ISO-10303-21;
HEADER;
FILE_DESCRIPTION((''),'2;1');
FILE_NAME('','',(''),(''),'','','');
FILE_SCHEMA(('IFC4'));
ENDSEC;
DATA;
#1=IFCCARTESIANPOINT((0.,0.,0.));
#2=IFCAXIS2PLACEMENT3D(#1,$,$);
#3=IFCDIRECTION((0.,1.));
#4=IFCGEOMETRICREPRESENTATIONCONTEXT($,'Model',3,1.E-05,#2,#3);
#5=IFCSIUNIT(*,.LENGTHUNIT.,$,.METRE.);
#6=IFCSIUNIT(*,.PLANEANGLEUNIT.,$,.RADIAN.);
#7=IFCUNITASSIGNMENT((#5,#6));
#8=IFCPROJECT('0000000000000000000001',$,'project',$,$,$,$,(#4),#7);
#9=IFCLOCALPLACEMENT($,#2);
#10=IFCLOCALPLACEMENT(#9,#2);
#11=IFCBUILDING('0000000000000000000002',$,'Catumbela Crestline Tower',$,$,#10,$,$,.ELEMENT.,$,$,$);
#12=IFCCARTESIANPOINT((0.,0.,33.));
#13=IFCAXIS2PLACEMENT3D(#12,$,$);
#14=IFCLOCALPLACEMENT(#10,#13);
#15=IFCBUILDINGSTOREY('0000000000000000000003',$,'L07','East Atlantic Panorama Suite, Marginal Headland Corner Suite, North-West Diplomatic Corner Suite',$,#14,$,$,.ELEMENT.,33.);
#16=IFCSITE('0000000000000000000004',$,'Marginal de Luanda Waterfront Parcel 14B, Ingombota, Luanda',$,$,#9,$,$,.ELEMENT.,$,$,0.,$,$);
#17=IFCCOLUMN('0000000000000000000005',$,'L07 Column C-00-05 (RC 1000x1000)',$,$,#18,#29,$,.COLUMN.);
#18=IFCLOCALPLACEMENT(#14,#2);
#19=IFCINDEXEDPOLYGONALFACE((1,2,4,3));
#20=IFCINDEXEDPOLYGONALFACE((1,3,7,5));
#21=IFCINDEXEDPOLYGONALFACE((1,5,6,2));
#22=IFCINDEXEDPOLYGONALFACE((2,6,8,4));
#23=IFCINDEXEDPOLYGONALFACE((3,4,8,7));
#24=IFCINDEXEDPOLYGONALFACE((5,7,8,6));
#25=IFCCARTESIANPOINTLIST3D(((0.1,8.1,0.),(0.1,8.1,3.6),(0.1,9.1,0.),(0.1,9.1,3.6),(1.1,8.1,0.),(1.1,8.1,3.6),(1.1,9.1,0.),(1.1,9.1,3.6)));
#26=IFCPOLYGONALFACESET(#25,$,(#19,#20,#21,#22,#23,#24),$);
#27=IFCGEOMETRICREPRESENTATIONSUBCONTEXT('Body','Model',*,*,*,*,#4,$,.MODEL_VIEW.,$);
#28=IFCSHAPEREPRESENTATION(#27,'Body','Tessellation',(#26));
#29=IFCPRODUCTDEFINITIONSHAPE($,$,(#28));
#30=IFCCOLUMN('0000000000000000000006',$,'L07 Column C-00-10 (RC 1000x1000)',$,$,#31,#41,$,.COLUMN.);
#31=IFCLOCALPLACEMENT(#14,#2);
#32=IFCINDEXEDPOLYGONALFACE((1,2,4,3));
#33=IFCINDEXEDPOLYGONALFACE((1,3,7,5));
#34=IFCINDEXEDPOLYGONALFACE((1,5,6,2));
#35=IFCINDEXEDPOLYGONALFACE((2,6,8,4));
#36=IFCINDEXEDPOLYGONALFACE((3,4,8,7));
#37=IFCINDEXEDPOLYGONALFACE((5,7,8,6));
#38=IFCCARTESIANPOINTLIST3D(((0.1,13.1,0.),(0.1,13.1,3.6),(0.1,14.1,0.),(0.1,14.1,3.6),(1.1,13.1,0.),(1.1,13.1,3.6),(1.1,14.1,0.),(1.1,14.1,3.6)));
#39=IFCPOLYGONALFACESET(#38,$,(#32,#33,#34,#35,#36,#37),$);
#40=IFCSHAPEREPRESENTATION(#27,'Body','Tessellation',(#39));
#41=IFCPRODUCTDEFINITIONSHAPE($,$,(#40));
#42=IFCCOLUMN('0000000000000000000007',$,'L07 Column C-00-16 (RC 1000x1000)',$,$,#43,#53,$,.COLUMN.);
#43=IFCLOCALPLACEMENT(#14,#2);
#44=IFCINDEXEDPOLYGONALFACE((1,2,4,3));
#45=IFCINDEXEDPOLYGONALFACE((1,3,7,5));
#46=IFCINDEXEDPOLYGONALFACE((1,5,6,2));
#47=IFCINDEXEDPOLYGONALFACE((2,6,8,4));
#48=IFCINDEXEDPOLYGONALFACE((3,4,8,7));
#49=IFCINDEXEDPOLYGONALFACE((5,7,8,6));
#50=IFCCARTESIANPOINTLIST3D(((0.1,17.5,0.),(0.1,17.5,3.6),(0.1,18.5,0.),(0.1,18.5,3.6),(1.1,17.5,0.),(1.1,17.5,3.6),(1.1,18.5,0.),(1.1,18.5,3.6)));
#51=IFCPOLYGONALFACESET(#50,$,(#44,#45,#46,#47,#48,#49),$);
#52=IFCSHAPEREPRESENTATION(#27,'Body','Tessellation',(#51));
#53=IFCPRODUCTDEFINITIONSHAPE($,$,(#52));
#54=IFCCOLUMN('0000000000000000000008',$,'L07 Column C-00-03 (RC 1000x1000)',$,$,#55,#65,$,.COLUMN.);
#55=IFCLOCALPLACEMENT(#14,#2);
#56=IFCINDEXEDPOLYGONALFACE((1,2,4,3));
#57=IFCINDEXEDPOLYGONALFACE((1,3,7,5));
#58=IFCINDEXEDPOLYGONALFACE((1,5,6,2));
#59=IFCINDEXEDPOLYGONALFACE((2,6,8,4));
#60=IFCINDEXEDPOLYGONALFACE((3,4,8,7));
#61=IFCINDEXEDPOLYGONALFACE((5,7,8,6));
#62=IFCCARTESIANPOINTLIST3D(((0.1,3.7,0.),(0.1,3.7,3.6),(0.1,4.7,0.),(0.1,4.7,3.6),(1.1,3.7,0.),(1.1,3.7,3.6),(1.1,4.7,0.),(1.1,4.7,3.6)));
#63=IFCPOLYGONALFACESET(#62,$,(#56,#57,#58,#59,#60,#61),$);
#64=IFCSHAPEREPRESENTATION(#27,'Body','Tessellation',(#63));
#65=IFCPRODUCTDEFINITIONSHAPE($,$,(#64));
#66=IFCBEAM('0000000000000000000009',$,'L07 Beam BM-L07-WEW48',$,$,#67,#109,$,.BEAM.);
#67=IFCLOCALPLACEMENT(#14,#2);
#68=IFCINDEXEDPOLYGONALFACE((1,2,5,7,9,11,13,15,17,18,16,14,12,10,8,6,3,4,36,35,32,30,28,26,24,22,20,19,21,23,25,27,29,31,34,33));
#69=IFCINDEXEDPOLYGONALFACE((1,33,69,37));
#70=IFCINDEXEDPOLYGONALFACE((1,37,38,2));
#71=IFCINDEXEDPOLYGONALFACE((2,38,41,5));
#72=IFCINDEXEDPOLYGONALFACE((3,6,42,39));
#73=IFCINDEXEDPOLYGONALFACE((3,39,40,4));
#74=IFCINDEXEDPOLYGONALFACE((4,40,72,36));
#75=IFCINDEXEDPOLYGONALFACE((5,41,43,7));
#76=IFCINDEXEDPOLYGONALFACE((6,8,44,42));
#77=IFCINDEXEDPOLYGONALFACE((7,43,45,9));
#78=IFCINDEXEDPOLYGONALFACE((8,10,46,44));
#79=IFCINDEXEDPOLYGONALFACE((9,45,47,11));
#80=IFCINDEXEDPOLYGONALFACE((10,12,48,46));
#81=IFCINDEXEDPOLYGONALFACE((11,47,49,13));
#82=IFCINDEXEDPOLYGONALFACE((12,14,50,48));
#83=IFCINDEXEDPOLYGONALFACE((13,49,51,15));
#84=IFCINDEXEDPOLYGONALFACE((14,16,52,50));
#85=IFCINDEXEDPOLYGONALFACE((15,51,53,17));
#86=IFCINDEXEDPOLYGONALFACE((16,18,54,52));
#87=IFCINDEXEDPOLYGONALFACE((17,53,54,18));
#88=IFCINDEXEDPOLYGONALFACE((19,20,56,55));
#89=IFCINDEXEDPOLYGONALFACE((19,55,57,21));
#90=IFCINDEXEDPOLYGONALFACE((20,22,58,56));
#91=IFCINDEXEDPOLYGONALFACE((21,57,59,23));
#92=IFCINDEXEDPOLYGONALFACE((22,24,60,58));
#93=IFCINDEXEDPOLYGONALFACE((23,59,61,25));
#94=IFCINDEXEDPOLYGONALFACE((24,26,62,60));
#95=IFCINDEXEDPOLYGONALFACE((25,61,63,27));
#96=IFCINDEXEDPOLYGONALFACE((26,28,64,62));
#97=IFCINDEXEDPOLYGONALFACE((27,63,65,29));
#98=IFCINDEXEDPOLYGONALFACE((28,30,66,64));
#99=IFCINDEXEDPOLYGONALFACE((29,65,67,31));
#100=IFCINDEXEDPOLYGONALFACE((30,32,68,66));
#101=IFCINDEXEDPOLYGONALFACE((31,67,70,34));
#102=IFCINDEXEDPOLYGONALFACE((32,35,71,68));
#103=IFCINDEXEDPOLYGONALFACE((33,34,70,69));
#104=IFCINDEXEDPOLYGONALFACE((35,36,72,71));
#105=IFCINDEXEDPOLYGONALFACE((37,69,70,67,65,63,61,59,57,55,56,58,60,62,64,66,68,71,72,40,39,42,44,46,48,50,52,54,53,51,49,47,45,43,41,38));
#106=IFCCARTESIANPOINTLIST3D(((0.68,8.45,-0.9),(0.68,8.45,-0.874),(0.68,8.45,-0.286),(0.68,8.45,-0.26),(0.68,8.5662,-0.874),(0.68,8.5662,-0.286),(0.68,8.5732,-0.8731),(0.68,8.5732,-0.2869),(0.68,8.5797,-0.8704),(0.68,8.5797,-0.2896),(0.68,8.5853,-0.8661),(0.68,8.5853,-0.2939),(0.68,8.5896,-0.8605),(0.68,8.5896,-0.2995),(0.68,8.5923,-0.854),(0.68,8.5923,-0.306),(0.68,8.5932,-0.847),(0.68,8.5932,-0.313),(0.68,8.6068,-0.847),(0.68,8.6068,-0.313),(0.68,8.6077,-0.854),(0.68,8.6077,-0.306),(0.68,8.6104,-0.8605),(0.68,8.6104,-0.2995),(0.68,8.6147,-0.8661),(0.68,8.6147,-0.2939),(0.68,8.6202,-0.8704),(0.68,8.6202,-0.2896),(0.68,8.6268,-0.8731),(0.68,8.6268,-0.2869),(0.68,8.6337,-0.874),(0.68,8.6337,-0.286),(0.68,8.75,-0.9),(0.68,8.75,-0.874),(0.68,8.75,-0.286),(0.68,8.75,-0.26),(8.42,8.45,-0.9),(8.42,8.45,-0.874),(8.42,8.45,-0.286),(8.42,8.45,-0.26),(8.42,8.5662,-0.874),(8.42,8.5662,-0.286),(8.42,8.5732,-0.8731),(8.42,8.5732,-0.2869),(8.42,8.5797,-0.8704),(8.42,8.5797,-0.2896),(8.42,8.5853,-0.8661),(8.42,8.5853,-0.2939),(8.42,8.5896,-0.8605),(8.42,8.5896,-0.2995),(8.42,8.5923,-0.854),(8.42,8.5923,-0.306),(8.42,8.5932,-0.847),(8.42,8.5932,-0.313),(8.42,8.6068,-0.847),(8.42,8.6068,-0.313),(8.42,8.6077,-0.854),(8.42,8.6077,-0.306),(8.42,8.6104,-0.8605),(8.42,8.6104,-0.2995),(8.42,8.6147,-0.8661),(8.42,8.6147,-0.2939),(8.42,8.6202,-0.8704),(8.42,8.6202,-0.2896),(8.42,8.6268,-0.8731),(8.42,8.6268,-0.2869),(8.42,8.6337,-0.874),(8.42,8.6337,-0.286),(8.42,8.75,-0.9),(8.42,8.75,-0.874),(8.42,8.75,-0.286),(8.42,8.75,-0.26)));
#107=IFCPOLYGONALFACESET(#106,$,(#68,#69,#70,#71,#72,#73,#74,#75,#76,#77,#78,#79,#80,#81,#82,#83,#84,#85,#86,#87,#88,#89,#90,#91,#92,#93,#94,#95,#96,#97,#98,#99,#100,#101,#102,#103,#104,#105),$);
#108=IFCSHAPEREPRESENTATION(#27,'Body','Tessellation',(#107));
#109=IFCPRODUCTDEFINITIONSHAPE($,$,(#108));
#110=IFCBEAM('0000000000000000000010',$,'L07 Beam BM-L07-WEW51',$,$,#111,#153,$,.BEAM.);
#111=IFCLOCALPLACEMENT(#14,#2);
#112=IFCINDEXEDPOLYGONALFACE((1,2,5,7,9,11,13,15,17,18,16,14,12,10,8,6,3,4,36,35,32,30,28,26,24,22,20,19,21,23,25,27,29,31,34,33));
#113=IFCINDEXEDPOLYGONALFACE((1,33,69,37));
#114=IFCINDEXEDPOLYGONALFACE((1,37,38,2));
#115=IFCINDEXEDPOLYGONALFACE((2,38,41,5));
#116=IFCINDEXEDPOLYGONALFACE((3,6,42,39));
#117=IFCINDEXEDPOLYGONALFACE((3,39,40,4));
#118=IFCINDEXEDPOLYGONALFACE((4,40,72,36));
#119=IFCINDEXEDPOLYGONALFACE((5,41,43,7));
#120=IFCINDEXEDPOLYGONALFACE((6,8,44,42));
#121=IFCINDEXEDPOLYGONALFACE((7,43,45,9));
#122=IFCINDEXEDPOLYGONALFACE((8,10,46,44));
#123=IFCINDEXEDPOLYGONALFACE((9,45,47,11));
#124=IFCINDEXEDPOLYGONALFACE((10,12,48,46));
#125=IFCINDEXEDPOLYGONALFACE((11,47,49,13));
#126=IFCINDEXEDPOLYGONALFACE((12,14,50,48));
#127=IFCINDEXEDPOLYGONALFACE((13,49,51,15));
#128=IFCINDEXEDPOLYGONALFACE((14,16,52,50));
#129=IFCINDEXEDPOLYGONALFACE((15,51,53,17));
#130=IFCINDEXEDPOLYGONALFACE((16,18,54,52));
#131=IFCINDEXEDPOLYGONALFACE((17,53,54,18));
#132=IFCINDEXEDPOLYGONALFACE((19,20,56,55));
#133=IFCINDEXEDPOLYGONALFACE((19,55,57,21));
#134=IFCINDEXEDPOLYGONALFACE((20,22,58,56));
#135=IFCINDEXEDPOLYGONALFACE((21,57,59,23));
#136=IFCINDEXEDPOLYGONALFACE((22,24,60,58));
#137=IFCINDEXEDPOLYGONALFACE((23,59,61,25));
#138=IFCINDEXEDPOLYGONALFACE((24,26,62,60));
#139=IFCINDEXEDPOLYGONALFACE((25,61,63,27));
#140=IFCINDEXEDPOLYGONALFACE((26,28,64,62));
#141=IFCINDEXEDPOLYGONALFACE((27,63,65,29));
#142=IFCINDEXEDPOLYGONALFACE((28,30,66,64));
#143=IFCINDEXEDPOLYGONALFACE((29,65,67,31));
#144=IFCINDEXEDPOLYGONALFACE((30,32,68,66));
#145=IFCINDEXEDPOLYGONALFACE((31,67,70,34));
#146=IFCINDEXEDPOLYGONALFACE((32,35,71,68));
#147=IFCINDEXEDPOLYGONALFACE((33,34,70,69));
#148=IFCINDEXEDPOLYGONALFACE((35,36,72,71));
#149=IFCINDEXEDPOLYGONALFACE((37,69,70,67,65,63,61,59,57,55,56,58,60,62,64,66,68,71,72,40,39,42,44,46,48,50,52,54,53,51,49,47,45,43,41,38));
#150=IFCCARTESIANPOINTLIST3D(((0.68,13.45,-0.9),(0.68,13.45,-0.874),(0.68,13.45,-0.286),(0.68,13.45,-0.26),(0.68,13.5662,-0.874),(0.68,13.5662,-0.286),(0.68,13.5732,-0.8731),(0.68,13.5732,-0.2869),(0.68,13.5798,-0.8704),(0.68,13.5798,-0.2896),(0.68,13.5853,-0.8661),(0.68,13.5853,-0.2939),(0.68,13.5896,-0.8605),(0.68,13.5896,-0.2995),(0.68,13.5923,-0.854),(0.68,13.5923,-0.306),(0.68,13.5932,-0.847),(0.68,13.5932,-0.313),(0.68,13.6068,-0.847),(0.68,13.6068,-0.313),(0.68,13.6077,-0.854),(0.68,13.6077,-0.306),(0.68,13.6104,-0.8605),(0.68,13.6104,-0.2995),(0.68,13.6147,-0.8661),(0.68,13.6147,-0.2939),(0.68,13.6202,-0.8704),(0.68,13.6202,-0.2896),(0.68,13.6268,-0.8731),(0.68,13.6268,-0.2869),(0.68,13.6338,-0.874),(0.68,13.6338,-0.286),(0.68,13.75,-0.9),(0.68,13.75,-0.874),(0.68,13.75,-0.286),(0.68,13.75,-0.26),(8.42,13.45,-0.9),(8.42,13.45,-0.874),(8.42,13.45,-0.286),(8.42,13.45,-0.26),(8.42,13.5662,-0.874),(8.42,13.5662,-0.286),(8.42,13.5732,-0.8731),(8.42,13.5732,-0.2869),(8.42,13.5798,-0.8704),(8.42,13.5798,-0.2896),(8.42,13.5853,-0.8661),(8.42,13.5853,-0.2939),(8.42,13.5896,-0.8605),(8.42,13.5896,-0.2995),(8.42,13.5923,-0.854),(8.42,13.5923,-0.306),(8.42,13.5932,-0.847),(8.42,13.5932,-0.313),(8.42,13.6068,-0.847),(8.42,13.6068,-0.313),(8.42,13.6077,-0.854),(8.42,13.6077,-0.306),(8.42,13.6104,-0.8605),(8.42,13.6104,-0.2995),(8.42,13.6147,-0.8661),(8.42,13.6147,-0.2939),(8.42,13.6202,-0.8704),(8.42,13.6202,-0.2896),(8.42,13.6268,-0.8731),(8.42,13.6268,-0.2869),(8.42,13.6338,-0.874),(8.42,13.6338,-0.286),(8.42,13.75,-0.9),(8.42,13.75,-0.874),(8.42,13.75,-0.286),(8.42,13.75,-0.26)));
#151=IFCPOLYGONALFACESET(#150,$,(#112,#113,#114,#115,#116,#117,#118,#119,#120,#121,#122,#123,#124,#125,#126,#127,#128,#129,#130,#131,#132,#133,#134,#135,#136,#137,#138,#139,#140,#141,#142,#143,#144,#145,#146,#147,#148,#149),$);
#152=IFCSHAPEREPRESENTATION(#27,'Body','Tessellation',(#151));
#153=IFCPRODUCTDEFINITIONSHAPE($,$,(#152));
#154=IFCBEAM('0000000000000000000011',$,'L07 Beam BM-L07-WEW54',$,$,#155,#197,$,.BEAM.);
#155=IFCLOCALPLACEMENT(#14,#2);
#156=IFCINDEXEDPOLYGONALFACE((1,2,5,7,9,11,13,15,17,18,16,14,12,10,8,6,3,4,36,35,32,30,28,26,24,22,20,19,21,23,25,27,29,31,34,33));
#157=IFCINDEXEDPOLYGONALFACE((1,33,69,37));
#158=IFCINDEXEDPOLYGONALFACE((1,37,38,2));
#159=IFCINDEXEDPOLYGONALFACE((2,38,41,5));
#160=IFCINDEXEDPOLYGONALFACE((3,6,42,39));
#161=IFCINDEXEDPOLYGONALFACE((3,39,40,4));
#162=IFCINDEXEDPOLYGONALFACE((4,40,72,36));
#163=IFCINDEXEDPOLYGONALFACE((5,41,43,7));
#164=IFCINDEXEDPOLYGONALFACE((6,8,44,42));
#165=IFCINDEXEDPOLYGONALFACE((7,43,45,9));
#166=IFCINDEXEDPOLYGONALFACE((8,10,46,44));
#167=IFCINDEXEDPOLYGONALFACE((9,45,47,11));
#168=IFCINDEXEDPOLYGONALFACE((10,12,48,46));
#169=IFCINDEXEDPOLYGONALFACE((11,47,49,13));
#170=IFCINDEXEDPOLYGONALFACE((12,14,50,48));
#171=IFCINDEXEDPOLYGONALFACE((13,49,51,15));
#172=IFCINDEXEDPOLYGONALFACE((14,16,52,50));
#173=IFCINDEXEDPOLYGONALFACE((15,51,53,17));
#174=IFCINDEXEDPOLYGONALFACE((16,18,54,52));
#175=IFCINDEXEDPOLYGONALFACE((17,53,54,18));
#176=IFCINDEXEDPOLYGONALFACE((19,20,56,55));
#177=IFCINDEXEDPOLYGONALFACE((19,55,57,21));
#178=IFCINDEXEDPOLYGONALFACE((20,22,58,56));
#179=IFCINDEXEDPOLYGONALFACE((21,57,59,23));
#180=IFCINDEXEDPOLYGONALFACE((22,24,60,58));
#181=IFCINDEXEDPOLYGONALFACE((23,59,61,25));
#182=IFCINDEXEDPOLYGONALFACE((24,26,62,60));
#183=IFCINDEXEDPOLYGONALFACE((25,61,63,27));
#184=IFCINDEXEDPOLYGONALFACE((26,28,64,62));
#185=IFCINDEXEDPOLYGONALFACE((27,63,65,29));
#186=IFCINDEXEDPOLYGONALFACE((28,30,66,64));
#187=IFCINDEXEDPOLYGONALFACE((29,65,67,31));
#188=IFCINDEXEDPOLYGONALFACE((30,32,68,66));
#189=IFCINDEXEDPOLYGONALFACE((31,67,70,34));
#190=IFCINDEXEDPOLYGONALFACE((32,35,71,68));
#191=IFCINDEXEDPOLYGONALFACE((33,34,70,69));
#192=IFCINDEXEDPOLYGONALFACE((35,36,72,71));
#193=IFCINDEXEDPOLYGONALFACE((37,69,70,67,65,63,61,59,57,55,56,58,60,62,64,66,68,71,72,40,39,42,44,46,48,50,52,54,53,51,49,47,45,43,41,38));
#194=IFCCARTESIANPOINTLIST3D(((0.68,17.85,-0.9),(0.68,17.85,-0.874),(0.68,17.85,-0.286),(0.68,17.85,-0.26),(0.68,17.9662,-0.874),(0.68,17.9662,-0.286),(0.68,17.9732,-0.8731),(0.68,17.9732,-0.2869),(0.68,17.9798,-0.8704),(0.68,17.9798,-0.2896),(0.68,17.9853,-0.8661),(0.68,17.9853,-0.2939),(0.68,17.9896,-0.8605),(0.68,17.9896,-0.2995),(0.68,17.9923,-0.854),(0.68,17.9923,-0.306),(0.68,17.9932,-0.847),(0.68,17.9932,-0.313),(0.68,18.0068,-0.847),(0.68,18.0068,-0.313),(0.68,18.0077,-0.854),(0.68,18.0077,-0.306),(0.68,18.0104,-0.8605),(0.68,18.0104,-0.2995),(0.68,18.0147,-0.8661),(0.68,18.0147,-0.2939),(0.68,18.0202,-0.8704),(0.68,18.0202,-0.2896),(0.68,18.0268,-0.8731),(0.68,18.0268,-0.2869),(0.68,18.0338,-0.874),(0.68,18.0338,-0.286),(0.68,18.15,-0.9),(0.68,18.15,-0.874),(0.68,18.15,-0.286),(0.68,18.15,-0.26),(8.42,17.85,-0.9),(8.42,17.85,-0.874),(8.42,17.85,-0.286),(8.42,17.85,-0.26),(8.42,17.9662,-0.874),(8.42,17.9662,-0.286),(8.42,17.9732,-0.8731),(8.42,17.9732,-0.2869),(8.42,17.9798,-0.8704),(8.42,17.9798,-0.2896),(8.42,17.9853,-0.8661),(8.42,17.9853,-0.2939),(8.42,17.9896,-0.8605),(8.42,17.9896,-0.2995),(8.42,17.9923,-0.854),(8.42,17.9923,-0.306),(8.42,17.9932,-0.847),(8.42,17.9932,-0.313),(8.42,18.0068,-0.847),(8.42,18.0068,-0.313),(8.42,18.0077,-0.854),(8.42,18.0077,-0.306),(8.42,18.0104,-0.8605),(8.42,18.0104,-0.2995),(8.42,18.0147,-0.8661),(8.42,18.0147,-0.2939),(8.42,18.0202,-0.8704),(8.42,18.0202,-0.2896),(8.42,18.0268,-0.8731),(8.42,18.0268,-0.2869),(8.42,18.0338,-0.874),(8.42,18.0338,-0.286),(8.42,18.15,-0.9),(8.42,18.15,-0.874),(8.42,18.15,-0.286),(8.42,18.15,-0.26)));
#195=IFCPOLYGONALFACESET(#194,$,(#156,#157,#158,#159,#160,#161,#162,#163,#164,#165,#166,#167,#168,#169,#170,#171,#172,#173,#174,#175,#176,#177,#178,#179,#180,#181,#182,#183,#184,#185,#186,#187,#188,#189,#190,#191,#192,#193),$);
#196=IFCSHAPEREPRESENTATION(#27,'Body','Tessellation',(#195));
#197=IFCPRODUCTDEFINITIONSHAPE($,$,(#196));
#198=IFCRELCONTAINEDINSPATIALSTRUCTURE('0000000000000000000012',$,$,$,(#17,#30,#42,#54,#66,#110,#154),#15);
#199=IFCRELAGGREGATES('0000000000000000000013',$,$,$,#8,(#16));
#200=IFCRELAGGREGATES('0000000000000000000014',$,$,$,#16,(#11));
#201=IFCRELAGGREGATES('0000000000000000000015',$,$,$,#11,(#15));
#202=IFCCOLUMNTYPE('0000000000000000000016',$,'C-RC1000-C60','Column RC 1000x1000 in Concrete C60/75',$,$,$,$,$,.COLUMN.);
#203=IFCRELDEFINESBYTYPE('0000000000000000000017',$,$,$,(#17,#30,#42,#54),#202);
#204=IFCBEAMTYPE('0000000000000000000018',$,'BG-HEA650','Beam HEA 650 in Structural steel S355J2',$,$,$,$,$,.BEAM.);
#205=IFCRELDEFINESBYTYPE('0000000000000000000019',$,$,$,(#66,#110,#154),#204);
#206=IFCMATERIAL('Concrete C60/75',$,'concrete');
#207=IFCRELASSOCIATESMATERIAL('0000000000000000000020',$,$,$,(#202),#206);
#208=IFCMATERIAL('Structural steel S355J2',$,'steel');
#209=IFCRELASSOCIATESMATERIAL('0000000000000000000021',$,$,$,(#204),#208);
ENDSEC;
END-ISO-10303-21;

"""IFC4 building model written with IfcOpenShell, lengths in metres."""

from ifc_helpers import new_model, si_unit, direction, frame, origin, origin_2d, place, context, subcontext, project, spatial, rectangle, i_section, extrude, material, material_profile, profile_set, type_object, element, save


model = new_model("IFC4")

# Units and contexts
model_context = context("Model", 3, precision=1e-05, world=origin(), true_north=direction((0.0, 1.0)))
body_context = subcontext(model_context, "Body", "Model", "MODEL_VIEW")
ifc_project = project(units=[si_unit("LENGTHUNIT", "METRE"), si_unit("PLANEANGLEUNIT", "RADIAN")], contexts=[model_context])

# Site, building, storey
site_placement = place(None, origin())
site = spatial("IfcSite", under=ifc_project, at=site_placement, Name="Marginal de Luanda Waterfront Parcel 14B, Ingombota, Luanda", CompositionType="ELEMENT", RefElevation=0.0)
building_placement = place(site_placement, origin())
building = spatial("IfcBuilding", under=site, at=building_placement, Name="Catumbela Crestline Tower", CompositionType="ELEMENT")
storey_placement = place(building_placement, frame((0.0, 0.0, 33.0)))
storey = spatial("IfcBuildingStorey", under=building, at=storey_placement, Name="L07", Description="East Atlantic Panorama Suite, Marginal Headland Corner Suite, North-West Diplomatic Corner Suite", CompositionType="ELEMENT", Elevation=33.0)

# Columns
ifc_material_1 = material(Name="Concrete C60/75", Category="concrete")
ifc_material_profile_1 = material_profile(ifc_material_1, rectangle(XDim=1.0, YDim=1.0, at=origin_2d()), Name="RC 1000x1000")
ifc_profile_set_1 = profile_set([ifc_material_profile_1], Name="Concrete C60/75")
column_type = type_object("IfcColumnType", Name="C-RC1000-C60", Description="Column RC 1000x1000 in Concrete C60/75", PredefinedType="COLUMN", material=ifc_profile_set_1)
for number, where, z_axis, x_axis, name in (
    (1, (0.6, 8.6, 0.0), (0.0, 0.0, 1.0), (1.0, 0.0, 0.0), "L07 Column C-00-05 (RC 1000x1000)"),
    (2, (0.6, 13.6, 0.0), (0.0, 0.0, 1.0), (1.0, 0.0, 0.0), "L07 Column C-00-10 (RC 1000x1000)"),
    (3, (0.6, 18.0, 0.0), (0.0, 0.0, 1.0), (1.0, 0.0, 0.0), "L07 Column C-00-16 (RC 1000x1000)"),
    (4, (0.6, 4.2, 0.0), (0.0, 0.0, 1.0), (1.0, 0.0, 0.0), "L07 Column C-00-03 (RC 1000x1000)"),
):
    element("IfcColumn", number, at=place(storey_placement, frame(where, z_axis=z_axis, x_axis=x_axis)), inside=storey, type_object=column_type, Name=name, PredefinedType="COLUMN", context=body_context, shape_type="SweptSolid", body=[
        extrude(rectangle(XDim=1.0, YDim=1.0, at=origin_2d()), origin(), (0.0, 0.0, 1.0), 3.6),
    ])

# Beams
ifc_material_2 = material(Name="Structural steel S355J2", Category="steel")
ifc_material_profile_2 = material_profile(ifc_material_2, i_section(OverallWidth=0.3, OverallDepth=0.64, WebThickness=0.0135, FlangeThickness=0.026, FilletRadius=0.027, at=origin_2d()), Name="HEA 650")
ifc_profile_set_2 = profile_set([ifc_material_profile_2], Name="Structural steel S355J2")
beam_type_1 = type_object("IfcBeamType", Name="BG-HEA650", Description="Beam HEA 650 in Structural steel S355J2", PredefinedType="BEAM", material=ifc_profile_set_2)
for number, where, z_axis, x_axis, name in (
    (5, (0.68, 8.6, -0.58), (1.0, 0.0, 0.0), (0.0, 1.0, 0.0), "L07 Beam BM-L07-WEW48"),
    (6, (0.68, 13.6, -0.58), (1.0, 0.0, 0.0), (0.0, 1.0, 0.0), "L07 Beam BM-L07-WEW51"),
    (7, (0.68, 18.0, -0.58), (1.0, 0.0, 0.0), (0.0, 1.0, 0.0), "L07 Beam BM-L07-WEW54"),
):
    element("IfcBeam", number, at=place(storey_placement, frame(where, z_axis=z_axis, x_axis=x_axis)), inside=storey, type_object=beam_type_1, Name=name, PredefinedType="BEAM", context=body_context, shape_type="SweptSolid", body=[
        extrude(i_section(OverallWidth=0.3, OverallDepth=0.64, WebThickness=0.0135, FlangeThickness=0.026, FilletRadius=0.027, at=origin_2d()), origin(), (0.0, 0.0, 1.0), 7.74),
    ])

save(model, "model.ifc")
